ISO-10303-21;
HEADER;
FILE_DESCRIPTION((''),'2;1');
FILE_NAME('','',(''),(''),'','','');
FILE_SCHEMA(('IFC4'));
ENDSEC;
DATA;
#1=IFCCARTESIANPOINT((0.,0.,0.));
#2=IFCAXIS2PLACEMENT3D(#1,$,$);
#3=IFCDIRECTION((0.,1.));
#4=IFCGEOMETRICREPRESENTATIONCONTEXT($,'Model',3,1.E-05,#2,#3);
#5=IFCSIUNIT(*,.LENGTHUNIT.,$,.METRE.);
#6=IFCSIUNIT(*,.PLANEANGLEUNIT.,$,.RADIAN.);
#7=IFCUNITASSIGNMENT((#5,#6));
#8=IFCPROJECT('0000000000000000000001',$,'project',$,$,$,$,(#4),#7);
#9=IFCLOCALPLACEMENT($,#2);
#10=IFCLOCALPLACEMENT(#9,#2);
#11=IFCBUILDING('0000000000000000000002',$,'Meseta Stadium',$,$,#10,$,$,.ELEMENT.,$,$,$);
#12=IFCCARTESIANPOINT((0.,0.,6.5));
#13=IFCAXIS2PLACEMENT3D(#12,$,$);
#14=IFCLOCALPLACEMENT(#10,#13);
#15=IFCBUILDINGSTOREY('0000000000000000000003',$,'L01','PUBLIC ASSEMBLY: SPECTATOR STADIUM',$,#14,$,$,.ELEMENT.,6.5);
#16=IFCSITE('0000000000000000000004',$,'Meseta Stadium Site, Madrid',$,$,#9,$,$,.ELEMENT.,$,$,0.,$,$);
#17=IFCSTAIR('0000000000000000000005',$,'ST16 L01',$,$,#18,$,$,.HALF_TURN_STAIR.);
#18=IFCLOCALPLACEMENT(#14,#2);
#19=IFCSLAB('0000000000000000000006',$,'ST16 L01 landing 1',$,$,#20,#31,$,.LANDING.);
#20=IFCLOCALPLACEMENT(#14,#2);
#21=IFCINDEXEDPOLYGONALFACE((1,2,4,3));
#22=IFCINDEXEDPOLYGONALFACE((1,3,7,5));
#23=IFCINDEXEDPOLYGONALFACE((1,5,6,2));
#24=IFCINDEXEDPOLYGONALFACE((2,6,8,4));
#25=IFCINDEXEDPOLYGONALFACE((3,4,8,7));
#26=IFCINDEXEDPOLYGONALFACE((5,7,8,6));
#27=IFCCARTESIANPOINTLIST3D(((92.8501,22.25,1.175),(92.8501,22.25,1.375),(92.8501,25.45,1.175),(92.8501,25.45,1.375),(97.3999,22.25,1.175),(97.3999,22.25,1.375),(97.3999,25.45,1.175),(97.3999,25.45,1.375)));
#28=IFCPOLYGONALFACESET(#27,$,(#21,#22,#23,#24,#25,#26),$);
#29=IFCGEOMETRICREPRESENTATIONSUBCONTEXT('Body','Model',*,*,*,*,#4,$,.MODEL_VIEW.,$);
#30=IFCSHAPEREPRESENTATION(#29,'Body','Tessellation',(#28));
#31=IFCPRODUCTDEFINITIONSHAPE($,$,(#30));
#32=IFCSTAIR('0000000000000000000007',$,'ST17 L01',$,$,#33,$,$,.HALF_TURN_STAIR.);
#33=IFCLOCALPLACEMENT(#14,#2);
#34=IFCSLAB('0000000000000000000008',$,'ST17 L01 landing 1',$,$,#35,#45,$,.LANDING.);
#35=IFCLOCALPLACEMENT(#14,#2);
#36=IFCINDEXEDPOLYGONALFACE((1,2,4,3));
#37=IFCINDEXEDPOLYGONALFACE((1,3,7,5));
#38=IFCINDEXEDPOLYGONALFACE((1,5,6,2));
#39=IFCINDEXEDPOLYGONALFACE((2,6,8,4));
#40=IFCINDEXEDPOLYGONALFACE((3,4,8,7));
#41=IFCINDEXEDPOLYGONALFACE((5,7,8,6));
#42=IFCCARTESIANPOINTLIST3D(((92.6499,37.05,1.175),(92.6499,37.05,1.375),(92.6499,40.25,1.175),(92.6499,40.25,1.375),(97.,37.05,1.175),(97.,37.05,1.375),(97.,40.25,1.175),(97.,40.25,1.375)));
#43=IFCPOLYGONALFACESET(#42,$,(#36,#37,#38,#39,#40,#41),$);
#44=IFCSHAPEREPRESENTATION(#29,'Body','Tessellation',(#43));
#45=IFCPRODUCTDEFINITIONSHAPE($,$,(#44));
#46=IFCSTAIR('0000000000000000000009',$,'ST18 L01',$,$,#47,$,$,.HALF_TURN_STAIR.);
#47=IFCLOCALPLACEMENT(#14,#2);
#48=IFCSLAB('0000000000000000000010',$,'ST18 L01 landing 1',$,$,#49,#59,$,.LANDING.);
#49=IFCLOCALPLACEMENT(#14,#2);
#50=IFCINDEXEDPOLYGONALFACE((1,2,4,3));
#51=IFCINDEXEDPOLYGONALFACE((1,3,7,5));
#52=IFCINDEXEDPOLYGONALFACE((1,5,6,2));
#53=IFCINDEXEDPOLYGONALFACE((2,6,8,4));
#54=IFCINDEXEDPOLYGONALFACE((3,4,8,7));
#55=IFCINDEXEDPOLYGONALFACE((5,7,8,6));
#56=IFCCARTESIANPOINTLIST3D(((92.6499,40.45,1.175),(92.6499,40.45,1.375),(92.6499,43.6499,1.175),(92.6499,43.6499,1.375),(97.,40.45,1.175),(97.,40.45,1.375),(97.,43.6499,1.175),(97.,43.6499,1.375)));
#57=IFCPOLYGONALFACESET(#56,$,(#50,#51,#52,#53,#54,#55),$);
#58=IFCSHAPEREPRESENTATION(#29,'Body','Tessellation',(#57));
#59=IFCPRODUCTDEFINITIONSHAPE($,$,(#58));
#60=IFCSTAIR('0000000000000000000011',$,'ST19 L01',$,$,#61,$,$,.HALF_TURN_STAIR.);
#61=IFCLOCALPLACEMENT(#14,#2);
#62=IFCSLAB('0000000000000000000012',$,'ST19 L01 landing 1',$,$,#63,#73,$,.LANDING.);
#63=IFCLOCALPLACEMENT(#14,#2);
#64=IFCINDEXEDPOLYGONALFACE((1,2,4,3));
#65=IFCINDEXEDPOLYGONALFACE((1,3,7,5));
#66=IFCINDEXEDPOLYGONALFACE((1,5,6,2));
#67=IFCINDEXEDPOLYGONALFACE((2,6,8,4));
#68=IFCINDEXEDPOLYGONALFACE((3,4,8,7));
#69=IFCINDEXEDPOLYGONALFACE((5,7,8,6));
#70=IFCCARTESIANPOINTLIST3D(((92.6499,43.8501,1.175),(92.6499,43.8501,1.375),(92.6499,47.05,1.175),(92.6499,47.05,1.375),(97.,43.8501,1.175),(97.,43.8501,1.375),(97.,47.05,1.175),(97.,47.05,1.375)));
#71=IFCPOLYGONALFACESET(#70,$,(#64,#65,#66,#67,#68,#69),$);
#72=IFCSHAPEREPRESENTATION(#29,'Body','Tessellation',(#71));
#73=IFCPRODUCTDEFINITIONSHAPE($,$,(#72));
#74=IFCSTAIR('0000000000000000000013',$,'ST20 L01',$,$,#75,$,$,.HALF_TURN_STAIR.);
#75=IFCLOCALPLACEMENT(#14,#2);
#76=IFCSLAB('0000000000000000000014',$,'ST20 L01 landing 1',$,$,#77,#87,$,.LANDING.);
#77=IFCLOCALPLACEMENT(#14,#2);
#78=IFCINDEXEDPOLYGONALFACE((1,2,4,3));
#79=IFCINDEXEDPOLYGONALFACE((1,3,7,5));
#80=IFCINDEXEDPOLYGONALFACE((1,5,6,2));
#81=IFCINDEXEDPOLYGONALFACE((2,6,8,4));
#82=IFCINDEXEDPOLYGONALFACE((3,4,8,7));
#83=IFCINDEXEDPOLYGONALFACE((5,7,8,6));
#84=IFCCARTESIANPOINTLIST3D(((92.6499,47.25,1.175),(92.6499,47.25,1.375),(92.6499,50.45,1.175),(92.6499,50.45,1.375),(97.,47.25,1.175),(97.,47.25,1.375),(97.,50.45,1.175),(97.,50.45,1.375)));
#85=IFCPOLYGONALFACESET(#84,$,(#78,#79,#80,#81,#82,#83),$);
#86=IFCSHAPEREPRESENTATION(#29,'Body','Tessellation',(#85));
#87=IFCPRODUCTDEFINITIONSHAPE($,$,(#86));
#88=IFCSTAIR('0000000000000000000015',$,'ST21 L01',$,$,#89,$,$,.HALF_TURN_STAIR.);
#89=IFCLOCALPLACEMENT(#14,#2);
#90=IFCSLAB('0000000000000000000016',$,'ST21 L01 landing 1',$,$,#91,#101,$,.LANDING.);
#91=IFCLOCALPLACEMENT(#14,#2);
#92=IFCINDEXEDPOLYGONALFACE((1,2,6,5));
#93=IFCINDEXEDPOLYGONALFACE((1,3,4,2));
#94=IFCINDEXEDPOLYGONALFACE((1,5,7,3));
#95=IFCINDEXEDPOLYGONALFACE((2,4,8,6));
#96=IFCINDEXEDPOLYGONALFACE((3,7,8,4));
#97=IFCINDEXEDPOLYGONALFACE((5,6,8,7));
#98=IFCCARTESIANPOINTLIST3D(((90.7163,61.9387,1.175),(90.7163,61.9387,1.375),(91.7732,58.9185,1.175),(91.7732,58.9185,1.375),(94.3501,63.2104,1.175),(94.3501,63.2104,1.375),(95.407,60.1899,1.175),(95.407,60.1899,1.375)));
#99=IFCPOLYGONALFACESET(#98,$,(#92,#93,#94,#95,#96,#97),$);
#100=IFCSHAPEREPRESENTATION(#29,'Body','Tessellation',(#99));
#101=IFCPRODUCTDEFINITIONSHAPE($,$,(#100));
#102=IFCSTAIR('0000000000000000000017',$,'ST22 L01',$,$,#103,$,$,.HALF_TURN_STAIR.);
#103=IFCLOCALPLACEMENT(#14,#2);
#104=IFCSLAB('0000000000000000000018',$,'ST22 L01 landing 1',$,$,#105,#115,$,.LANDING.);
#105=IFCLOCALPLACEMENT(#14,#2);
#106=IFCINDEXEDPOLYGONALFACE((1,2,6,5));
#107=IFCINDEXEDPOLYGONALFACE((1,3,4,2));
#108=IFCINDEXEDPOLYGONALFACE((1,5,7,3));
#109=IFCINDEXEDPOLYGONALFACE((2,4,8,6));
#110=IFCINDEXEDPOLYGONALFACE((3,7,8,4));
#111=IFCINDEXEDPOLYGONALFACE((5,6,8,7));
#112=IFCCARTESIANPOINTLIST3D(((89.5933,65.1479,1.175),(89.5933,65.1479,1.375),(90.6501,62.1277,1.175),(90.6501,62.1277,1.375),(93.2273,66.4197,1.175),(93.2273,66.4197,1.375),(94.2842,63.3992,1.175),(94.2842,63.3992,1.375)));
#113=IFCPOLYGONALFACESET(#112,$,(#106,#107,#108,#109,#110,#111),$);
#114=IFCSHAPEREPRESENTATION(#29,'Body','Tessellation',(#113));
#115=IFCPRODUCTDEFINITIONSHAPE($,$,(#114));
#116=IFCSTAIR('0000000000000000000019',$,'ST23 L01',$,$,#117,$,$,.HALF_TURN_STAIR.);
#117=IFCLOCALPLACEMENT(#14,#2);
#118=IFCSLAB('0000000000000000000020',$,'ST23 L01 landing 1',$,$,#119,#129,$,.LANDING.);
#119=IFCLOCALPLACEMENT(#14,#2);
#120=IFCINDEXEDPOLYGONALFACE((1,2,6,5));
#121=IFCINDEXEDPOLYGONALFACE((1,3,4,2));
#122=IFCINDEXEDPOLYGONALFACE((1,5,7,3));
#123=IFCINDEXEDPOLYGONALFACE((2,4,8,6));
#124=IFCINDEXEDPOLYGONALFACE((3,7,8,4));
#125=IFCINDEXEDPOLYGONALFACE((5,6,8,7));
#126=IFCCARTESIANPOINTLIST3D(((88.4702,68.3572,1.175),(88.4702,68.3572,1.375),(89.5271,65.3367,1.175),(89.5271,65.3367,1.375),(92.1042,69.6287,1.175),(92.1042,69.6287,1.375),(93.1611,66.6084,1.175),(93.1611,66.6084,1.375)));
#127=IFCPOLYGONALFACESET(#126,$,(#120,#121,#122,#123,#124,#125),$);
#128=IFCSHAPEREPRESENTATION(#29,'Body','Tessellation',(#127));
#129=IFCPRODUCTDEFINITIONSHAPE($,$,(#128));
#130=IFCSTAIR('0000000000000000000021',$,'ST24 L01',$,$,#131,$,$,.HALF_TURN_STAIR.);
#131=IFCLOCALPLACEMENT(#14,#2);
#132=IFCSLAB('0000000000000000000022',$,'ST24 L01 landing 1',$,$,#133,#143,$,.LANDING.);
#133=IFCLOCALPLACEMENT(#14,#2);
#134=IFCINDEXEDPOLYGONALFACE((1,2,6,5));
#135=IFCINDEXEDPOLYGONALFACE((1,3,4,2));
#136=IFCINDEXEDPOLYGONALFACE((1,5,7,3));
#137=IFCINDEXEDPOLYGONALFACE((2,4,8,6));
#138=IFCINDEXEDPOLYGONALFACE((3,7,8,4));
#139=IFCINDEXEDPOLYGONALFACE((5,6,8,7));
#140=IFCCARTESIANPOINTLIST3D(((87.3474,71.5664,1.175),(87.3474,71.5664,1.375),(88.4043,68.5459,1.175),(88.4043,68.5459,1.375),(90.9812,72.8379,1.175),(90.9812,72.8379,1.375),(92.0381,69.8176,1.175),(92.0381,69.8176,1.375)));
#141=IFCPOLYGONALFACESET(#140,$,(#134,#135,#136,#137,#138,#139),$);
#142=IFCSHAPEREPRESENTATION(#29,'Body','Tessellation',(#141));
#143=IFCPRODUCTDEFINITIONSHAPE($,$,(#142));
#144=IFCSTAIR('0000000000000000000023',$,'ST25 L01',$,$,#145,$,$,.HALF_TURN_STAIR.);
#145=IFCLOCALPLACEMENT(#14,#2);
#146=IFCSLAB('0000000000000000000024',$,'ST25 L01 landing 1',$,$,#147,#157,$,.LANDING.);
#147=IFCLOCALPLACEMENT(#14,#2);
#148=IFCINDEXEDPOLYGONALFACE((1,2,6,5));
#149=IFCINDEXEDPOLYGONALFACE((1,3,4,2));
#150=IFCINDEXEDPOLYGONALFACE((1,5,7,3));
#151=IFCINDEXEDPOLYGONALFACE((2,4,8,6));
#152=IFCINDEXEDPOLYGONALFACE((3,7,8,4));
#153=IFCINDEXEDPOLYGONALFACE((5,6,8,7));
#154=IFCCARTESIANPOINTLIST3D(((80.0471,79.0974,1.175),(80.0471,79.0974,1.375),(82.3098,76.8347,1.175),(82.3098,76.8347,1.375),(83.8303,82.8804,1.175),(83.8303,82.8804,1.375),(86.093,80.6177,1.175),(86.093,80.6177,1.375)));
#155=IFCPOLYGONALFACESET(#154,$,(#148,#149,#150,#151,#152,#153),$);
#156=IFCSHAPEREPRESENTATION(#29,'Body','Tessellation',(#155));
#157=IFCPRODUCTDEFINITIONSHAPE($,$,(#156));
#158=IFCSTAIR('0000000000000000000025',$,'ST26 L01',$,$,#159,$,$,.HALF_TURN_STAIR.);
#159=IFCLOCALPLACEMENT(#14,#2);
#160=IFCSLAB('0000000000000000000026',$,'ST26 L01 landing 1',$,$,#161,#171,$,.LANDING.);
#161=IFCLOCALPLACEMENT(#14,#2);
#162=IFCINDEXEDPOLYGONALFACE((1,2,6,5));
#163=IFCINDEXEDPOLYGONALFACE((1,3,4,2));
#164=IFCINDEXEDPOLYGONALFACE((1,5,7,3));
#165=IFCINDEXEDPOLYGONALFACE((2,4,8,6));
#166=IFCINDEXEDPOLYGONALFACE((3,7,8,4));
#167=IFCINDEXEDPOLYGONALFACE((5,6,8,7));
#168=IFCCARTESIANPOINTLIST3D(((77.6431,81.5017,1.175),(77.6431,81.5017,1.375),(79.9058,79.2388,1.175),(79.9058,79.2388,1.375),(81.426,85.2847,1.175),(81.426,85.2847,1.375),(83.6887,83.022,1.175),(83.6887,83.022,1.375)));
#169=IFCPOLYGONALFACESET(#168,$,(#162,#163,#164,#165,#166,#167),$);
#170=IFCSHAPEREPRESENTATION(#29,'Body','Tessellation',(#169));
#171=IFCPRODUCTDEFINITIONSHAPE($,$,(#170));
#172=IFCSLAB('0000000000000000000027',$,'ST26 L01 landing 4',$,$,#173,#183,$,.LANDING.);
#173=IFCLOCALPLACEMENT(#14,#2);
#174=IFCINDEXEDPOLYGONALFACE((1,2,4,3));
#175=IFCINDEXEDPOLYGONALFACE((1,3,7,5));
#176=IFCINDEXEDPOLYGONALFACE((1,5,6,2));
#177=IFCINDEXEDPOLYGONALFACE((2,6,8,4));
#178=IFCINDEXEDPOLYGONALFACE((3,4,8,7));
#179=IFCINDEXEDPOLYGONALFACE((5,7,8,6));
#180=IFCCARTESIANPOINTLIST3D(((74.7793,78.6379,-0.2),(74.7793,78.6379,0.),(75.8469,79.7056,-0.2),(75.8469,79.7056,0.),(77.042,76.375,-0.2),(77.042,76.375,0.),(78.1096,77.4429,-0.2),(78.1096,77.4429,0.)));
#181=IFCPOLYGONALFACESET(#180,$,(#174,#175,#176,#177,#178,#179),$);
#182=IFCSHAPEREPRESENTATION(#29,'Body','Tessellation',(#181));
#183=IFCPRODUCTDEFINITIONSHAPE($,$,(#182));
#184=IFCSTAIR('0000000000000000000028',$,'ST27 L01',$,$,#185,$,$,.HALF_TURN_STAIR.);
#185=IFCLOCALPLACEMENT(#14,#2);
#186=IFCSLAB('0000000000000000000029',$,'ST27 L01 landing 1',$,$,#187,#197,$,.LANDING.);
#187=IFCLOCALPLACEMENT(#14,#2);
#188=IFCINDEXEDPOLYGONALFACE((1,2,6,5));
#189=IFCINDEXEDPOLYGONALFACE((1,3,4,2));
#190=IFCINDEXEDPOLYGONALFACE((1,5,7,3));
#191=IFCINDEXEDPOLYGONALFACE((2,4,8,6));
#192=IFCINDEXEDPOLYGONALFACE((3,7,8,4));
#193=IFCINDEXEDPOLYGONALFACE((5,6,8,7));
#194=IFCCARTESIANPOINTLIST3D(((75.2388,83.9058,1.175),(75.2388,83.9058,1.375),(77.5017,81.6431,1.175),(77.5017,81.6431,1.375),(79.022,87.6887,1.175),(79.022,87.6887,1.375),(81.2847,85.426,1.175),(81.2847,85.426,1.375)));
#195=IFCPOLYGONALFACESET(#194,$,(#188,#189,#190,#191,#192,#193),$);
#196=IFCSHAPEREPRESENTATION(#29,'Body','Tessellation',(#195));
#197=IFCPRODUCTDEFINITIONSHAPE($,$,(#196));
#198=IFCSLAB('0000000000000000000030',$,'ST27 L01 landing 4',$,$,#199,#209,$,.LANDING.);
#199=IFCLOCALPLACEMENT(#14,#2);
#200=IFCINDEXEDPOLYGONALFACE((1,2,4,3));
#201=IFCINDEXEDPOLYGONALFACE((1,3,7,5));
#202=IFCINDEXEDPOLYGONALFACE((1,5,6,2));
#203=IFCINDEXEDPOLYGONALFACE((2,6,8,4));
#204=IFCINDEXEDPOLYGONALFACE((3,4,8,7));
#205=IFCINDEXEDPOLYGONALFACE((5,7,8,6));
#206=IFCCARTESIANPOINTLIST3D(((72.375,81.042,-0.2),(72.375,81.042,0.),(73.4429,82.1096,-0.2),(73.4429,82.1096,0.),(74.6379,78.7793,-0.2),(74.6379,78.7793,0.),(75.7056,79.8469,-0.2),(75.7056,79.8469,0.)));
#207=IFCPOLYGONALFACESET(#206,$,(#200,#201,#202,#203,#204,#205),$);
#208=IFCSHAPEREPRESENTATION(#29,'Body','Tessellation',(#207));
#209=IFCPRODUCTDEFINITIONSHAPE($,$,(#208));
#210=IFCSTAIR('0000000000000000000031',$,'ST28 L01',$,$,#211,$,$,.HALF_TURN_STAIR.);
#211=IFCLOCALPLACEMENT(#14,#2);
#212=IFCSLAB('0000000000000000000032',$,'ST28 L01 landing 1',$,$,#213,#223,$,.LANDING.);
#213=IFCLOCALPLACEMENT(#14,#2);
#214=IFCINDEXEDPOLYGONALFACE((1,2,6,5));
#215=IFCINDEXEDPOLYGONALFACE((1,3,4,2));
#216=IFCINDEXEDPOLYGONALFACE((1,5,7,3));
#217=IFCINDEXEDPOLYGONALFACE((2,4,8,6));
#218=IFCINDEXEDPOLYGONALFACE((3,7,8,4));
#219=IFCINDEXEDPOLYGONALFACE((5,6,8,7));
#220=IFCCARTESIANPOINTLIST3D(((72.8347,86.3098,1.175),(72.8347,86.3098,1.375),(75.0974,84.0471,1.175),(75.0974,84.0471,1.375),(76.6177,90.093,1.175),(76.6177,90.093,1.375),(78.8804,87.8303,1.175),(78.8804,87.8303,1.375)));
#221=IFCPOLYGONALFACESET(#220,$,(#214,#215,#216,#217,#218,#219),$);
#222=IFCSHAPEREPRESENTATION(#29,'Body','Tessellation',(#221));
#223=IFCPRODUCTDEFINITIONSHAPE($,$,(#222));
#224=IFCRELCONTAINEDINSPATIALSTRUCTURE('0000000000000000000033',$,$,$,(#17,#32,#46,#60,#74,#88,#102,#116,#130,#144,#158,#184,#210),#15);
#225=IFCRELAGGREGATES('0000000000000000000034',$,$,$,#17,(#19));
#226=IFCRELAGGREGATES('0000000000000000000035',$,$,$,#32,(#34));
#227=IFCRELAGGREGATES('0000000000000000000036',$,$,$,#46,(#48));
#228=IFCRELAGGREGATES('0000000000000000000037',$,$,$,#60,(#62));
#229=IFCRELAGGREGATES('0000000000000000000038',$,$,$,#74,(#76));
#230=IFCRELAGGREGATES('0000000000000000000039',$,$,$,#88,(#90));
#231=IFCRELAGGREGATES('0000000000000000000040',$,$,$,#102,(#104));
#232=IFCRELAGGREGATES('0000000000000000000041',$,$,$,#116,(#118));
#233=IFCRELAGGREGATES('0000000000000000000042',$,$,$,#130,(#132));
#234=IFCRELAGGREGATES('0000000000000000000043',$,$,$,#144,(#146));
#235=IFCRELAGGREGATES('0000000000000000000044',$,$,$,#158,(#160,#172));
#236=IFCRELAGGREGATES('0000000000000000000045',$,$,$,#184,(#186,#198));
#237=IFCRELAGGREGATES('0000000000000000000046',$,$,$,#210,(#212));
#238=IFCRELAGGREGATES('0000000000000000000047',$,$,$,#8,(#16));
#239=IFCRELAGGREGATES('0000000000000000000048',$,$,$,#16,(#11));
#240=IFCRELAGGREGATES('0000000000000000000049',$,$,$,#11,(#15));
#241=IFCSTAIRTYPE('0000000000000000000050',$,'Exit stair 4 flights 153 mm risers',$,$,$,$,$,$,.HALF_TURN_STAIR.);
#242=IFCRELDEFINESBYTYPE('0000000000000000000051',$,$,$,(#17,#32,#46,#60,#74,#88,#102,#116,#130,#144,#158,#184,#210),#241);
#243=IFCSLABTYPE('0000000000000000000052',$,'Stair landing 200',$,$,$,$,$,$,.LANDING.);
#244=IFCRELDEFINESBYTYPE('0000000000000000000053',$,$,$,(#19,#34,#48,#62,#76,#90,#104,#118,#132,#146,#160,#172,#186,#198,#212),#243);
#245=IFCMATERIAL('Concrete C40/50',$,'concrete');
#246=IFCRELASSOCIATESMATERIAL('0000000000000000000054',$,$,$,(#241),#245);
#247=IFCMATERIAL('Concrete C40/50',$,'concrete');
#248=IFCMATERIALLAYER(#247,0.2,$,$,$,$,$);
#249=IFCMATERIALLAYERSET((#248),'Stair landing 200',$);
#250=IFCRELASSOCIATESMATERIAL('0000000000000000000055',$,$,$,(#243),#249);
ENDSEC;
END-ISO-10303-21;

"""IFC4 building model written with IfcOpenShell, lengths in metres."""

from ifc_helpers import new_model, si_unit, direction, frame, origin, place, context, subcontext, project, spatial, polyline, outline, extrude, material, layer, layer_set, type_object, element, aggregate, save


model = new_model("IFC4")

# Units and contexts
model_context = context("Model", 3, precision=1e-05, world=origin(), true_north=direction((0.0, 1.0)))
body_context = subcontext(model_context, "Body", "Model", "MODEL_VIEW")
ifc_project = project(units=[si_unit("LENGTHUNIT", "METRE"), si_unit("PLANEANGLEUNIT", "RADIAN")], contexts=[model_context])

# Site, building, storey
site_placement = place(None, origin())
site = spatial("IfcSite", under=ifc_project, at=site_placement, Name="Meseta Stadium Site, Madrid", CompositionType="ELEMENT", RefElevation=0.0)
building_placement = place(site_placement, origin())
building = spatial("IfcBuilding", under=site, at=building_placement, Name="Meseta Stadium", CompositionType="ELEMENT")
storey_placement = place(building_placement, frame((0.0, 0.0, 6.5)))
storey = spatial("IfcBuildingStorey", under=building, at=storey_placement, Name="L01", Description="PUBLIC ASSEMBLY: SPECTATOR STADIUM", CompositionType="ELEMENT", Elevation=6.5)

# Stairs, slabs
ifc_material_1 = material(Name="Concrete C40/50", Category="concrete")
stair_type = type_object("IfcStairType", Name="Exit stair 4 flights 153 mm risers", PredefinedType="HALF_TURN_STAIR", material=ifc_material_1)
ifc_material_2 = material(Name="Concrete C40/50", Category="concrete")
ifc_layer = layer(ifc_material_2, 0.2)
ifc_layer_set = layer_set([ifc_layer], Name="Stair landing 200")
slab_type = type_object("IfcSlabType", Name="Stair landing 200", PredefinedType="LANDING", material=ifc_layer_set)
stair_1_placement = place(storey_placement, origin())
stair_1 = element("IfcStair", 1, at=stair_1_placement, inside=storey, type_object=stair_type, Name="ST16 L01", PredefinedType="HALF_TURN_STAIR")
slab_1_placement = place(storey_placement, frame((0.0, 0.0, 1.175)))
slab_1 = element("IfcSlab", 2, at=slab_1_placement, type_object=slab_type, Name="ST16 L01 landing 1", PredefinedType="LANDING", context=body_context, shape_type="SweptSolid", body=[
    extrude(outline(polyline([(92.8501, 22.25), (97.3999, 22.25), (97.3999, 25.45), (92.8501, 25.45), (92.8501, 22.25)])), origin(), (0.0, 0.0, 1.0), 0.2),
])
aggregate(stair_1, [slab_1])
stair_2_placement = place(storey_placement, origin())
stair_2 = element("IfcStair", 3, at=stair_2_placement, inside=storey, type_object=stair_type, Name="ST17 L01", PredefinedType="HALF_TURN_STAIR")
slab_2_placement = place(storey_placement, frame((0.0, 0.0, 1.175)))
slab_2 = element("IfcSlab", 4, at=slab_2_placement, type_object=slab_type, Name="ST17 L01 landing 1", PredefinedType="LANDING", context=body_context, shape_type="SweptSolid", body=[
    extrude(outline(polyline([(92.6499, 37.05), (97.0, 37.05), (97.0, 40.25), (92.6499, 40.25), (92.6499, 37.05)])), origin(), (0.0, 0.0, 1.0), 0.2),
])
aggregate(stair_2, [slab_2])
stair_3_placement = place(storey_placement, origin())
stair_3 = element("IfcStair", 5, at=stair_3_placement, inside=storey, type_object=stair_type, Name="ST18 L01", PredefinedType="HALF_TURN_STAIR")
slab_3_placement = place(storey_placement, frame((0.0, 0.0, 1.175)))
slab_3 = element("IfcSlab", 6, at=slab_3_placement, type_object=slab_type, Name="ST18 L01 landing 1", PredefinedType="LANDING", context=body_context, shape_type="SweptSolid", body=[
    extrude(outline(polyline([(92.6499, 40.45), (97.0, 40.45), (97.0, 43.6499), (92.6499, 43.6499), (92.6499, 40.45)])), origin(), (0.0, 0.0, 1.0), 0.2),
])
aggregate(stair_3, [slab_3])
stair_4_placement = place(storey_placement, origin())
stair_4 = element("IfcStair", 7, at=stair_4_placement, inside=storey, type_object=stair_type, Name="ST19 L01", PredefinedType="HALF_TURN_STAIR")
slab_4_placement = place(storey_placement, frame((0.0, 0.0, 1.175)))
slab_4 = element("IfcSlab", 8, at=slab_4_placement, type_object=slab_type, Name="ST19 L01 landing 1", PredefinedType="LANDING", context=body_context, shape_type="SweptSolid", body=[
    extrude(outline(polyline([(92.6499, 43.8501), (97.0, 43.8501), (97.0, 47.05), (92.6499, 47.05), (92.6499, 43.8501)])), origin(), (0.0, 0.0, 1.0), 0.2),
])
aggregate(stair_4, [slab_4])
stair_5_placement = place(storey_placement, origin())
stair_5 = element("IfcStair", 9, at=stair_5_placement, inside=storey, type_object=stair_type, Name="ST20 L01", PredefinedType="HALF_TURN_STAIR")
slab_5_placement = place(storey_placement, frame((0.0, 0.0, 1.175)))
slab_5 = element("IfcSlab", 10, at=slab_5_placement, type_object=slab_type, Name="ST20 L01 landing 1", PredefinedType="LANDING", context=body_context, shape_type="SweptSolid", body=[
    extrude(outline(polyline([(92.6499, 47.25), (97.0, 47.25), (97.0, 50.45), (92.6499, 50.45), (92.6499, 47.25)])), origin(), (0.0, 0.0, 1.0), 0.2),
])
aggregate(stair_5, [slab_5])
stair_6_placement = place(storey_placement, origin())
stair_6 = element("IfcStair", 11, at=stair_6_placement, inside=storey, type_object=stair_type, Name="ST21 L01", PredefinedType="HALF_TURN_STAIR")
slab_6_placement = place(storey_placement, frame((0.0, 0.0, 1.175)))
slab_6 = element("IfcSlab", 12, at=slab_6_placement, type_object=slab_type, Name="ST21 L01 landing 1", PredefinedType="LANDING", context=body_context, shape_type="SweptSolid", body=[
    extrude(outline(polyline([(91.7732, 58.9185), (95.407, 60.1899), (94.3501, 63.2104), (90.7163, 61.9387), (91.7732, 58.9185)])), origin(), (0.0, 0.0, 1.0), 0.2),
])
aggregate(stair_6, [slab_6])
stair_7_placement = place(storey_placement, origin())
stair_7 = element("IfcStair", 13, at=stair_7_placement, inside=storey, type_object=stair_type, Name="ST22 L01", PredefinedType="HALF_TURN_STAIR")
slab_7_placement = place(storey_placement, frame((0.0, 0.0, 1.175)))
slab_7 = element("IfcSlab", 14, at=slab_7_placement, type_object=slab_type, Name="ST22 L01 landing 1", PredefinedType="LANDING", context=body_context, shape_type="SweptSolid", body=[
    extrude(outline(polyline([(90.6501, 62.1277), (94.2842, 63.3992), (93.2273, 66.4197), (89.5933, 65.1479), (90.6501, 62.1277)])), origin(), (0.0, 0.0, 1.0), 0.2),
])
aggregate(stair_7, [slab_7])
stair_8_placement = place(storey_placement, origin())
stair_8 = element("IfcStair", 15, at=stair_8_placement, inside=storey, type_object=stair_type, Name="ST23 L01", PredefinedType="HALF_TURN_STAIR")
slab_8_placement = place(storey_placement, frame((0.0, 0.0, 1.175)))
slab_8 = element("IfcSlab", 16, at=slab_8_placement, type_object=slab_type, Name="ST23 L01 landing 1", PredefinedType="LANDING", context=body_context, shape_type="SweptSolid", body=[
    extrude(outline(polyline([(89.5271, 65.3367), (93.1611, 66.6084), (92.1042, 69.6287), (88.4702, 68.3572), (89.5271, 65.3367)])), origin(), (0.0, 0.0, 1.0), 0.2),
])
aggregate(stair_8, [slab_8])
stair_9_placement = place(storey_placement, origin())
stair_9 = element("IfcStair", 17, at=stair_9_placement, inside=storey, type_object=stair_type, Name="ST24 L01", PredefinedType="HALF_TURN_STAIR")
slab_9_placement = place(storey_placement, frame((0.0, 0.0, 1.175)))
slab_9 = element("IfcSlab", 18, at=slab_9_placement, type_object=slab_type, Name="ST24 L01 landing 1", PredefinedType="LANDING", context=body_context, shape_type="SweptSolid", body=[
    extrude(outline(polyline([(88.4043, 68.5459), (92.0381, 69.8176), (90.9812, 72.8379), (87.3474, 71.5664), (88.4043, 68.5459)])), origin(), (0.0, 0.0, 1.0), 0.2),
])
aggregate(stair_9, [slab_9])
stair_10_placement = place(storey_placement, origin())
stair_10 = element("IfcStair", 19, at=stair_10_placement, inside=storey, type_object=stair_type, Name="ST25 L01", PredefinedType="HALF_TURN_STAIR")
slab_10_placement = place(storey_placement, frame((0.0, 0.0, 1.175)))
slab_10 = element("IfcSlab", 20, at=slab_10_placement, type_object=slab_type, Name="ST25 L01 landing 1", PredefinedType="LANDING", context=body_context, shape_type="SweptSolid", body=[
    extrude(outline(polyline([(82.3098, 76.8347), (86.093, 80.6177), (83.8303, 82.8804), (80.0471, 79.0974), (82.3098, 76.8347)])), origin(), (0.0, 0.0, 1.0), 0.2),
])
aggregate(stair_10, [slab_10])

# Stairs, slabs
stair_11_placement = place(storey_placement, origin())
stair_11 = element("IfcStair", 21, at=stair_11_placement, inside=storey, type_object=stair_type, Name="ST26 L01", PredefinedType="HALF_TURN_STAIR")
slab_11_placement = place(storey_placement, frame((0.0, 0.0, 1.175)))
slab_11 = element("IfcSlab", 22, at=slab_11_placement, type_object=slab_type, Name="ST26 L01 landing 1", PredefinedType="LANDING", context=body_context, shape_type="SweptSolid", body=[
    extrude(outline(polyline([(79.9058, 79.2388), (83.6887, 83.022), (81.426, 85.2847), (77.6431, 81.5017), (79.9058, 79.2388)])), origin(), (0.0, 0.0, 1.0), 0.2),
])
slab_12_placement = place(storey_placement, frame((0.0, 0.0, -0.2)))
slab_12 = element("IfcSlab", 23, at=slab_12_placement, type_object=slab_type, Name="ST26 L01 landing 4", PredefinedType="LANDING", context=body_context, shape_type="SweptSolid", body=[
    extrude(outline(polyline([(77.042, 76.375), (78.1096, 77.4429), (75.8469, 79.7056), (74.7793, 78.6379), (77.042, 76.375)])), origin(), (0.0, 0.0, 1.0), 0.2),
])
aggregate(stair_11, [slab_11, slab_12])
stair_12_placement = place(storey_placement, origin())
stair_12 = element("IfcStair", 24, at=stair_12_placement, inside=storey, type_object=stair_type, Name="ST27 L01", PredefinedType="HALF_TURN_STAIR")
slab_13_placement = place(storey_placement, frame((0.0, 0.0, 1.175)))
slab_13 = element("IfcSlab", 25, at=slab_13_placement, type_object=slab_type, Name="ST27 L01 landing 1", PredefinedType="LANDING", context=body_context, shape_type="SweptSolid", body=[
    extrude(outline(polyline([(77.5017, 81.6431), (81.2847, 85.426), (79.022, 87.6887), (75.2388, 83.9058), (77.5017, 81.6431)])), origin(), (0.0, 0.0, 1.0), 0.2),
])
slab_14_placement = place(storey_placement, frame((0.0, 0.0, -0.2)))
slab_14 = element("IfcSlab", 26, at=slab_14_placement, type_object=slab_type, Name="ST27 L01 landing 4", PredefinedType="LANDING", context=body_context, shape_type="SweptSolid", body=[
    extrude(outline(polyline([(74.6379, 78.7793), (75.7056, 79.8469), (73.4429, 82.1096), (72.375, 81.042), (74.6379, 78.7793)])), origin(), (0.0, 0.0, 1.0), 0.2),
])
aggregate(stair_12, [slab_13, slab_14])
stair_13_placement = place(storey_placement, origin())
stair_13 = element("IfcStair", 27, at=stair_13_placement, inside=storey, type_object=stair_type, Name="ST28 L01", PredefinedType="HALF_TURN_STAIR")
slab_15_placement = place(storey_placement, frame((0.0, 0.0, 1.175)))
slab_15 = element("IfcSlab", 28, at=slab_15_placement, type_object=slab_type, Name="ST28 L01 landing 1", PredefinedType="LANDING", context=body_context, shape_type="SweptSolid", body=[
    extrude(outline(polyline([(75.0974, 84.0471), (78.8804, 87.8303), (76.6177, 90.093), (72.8347, 86.3098), (75.0974, 84.0471)])), origin(), (0.0, 0.0, 1.0), 0.2),
])
aggregate(stair_13, [slab_15])

save(model, "model.ifc")
